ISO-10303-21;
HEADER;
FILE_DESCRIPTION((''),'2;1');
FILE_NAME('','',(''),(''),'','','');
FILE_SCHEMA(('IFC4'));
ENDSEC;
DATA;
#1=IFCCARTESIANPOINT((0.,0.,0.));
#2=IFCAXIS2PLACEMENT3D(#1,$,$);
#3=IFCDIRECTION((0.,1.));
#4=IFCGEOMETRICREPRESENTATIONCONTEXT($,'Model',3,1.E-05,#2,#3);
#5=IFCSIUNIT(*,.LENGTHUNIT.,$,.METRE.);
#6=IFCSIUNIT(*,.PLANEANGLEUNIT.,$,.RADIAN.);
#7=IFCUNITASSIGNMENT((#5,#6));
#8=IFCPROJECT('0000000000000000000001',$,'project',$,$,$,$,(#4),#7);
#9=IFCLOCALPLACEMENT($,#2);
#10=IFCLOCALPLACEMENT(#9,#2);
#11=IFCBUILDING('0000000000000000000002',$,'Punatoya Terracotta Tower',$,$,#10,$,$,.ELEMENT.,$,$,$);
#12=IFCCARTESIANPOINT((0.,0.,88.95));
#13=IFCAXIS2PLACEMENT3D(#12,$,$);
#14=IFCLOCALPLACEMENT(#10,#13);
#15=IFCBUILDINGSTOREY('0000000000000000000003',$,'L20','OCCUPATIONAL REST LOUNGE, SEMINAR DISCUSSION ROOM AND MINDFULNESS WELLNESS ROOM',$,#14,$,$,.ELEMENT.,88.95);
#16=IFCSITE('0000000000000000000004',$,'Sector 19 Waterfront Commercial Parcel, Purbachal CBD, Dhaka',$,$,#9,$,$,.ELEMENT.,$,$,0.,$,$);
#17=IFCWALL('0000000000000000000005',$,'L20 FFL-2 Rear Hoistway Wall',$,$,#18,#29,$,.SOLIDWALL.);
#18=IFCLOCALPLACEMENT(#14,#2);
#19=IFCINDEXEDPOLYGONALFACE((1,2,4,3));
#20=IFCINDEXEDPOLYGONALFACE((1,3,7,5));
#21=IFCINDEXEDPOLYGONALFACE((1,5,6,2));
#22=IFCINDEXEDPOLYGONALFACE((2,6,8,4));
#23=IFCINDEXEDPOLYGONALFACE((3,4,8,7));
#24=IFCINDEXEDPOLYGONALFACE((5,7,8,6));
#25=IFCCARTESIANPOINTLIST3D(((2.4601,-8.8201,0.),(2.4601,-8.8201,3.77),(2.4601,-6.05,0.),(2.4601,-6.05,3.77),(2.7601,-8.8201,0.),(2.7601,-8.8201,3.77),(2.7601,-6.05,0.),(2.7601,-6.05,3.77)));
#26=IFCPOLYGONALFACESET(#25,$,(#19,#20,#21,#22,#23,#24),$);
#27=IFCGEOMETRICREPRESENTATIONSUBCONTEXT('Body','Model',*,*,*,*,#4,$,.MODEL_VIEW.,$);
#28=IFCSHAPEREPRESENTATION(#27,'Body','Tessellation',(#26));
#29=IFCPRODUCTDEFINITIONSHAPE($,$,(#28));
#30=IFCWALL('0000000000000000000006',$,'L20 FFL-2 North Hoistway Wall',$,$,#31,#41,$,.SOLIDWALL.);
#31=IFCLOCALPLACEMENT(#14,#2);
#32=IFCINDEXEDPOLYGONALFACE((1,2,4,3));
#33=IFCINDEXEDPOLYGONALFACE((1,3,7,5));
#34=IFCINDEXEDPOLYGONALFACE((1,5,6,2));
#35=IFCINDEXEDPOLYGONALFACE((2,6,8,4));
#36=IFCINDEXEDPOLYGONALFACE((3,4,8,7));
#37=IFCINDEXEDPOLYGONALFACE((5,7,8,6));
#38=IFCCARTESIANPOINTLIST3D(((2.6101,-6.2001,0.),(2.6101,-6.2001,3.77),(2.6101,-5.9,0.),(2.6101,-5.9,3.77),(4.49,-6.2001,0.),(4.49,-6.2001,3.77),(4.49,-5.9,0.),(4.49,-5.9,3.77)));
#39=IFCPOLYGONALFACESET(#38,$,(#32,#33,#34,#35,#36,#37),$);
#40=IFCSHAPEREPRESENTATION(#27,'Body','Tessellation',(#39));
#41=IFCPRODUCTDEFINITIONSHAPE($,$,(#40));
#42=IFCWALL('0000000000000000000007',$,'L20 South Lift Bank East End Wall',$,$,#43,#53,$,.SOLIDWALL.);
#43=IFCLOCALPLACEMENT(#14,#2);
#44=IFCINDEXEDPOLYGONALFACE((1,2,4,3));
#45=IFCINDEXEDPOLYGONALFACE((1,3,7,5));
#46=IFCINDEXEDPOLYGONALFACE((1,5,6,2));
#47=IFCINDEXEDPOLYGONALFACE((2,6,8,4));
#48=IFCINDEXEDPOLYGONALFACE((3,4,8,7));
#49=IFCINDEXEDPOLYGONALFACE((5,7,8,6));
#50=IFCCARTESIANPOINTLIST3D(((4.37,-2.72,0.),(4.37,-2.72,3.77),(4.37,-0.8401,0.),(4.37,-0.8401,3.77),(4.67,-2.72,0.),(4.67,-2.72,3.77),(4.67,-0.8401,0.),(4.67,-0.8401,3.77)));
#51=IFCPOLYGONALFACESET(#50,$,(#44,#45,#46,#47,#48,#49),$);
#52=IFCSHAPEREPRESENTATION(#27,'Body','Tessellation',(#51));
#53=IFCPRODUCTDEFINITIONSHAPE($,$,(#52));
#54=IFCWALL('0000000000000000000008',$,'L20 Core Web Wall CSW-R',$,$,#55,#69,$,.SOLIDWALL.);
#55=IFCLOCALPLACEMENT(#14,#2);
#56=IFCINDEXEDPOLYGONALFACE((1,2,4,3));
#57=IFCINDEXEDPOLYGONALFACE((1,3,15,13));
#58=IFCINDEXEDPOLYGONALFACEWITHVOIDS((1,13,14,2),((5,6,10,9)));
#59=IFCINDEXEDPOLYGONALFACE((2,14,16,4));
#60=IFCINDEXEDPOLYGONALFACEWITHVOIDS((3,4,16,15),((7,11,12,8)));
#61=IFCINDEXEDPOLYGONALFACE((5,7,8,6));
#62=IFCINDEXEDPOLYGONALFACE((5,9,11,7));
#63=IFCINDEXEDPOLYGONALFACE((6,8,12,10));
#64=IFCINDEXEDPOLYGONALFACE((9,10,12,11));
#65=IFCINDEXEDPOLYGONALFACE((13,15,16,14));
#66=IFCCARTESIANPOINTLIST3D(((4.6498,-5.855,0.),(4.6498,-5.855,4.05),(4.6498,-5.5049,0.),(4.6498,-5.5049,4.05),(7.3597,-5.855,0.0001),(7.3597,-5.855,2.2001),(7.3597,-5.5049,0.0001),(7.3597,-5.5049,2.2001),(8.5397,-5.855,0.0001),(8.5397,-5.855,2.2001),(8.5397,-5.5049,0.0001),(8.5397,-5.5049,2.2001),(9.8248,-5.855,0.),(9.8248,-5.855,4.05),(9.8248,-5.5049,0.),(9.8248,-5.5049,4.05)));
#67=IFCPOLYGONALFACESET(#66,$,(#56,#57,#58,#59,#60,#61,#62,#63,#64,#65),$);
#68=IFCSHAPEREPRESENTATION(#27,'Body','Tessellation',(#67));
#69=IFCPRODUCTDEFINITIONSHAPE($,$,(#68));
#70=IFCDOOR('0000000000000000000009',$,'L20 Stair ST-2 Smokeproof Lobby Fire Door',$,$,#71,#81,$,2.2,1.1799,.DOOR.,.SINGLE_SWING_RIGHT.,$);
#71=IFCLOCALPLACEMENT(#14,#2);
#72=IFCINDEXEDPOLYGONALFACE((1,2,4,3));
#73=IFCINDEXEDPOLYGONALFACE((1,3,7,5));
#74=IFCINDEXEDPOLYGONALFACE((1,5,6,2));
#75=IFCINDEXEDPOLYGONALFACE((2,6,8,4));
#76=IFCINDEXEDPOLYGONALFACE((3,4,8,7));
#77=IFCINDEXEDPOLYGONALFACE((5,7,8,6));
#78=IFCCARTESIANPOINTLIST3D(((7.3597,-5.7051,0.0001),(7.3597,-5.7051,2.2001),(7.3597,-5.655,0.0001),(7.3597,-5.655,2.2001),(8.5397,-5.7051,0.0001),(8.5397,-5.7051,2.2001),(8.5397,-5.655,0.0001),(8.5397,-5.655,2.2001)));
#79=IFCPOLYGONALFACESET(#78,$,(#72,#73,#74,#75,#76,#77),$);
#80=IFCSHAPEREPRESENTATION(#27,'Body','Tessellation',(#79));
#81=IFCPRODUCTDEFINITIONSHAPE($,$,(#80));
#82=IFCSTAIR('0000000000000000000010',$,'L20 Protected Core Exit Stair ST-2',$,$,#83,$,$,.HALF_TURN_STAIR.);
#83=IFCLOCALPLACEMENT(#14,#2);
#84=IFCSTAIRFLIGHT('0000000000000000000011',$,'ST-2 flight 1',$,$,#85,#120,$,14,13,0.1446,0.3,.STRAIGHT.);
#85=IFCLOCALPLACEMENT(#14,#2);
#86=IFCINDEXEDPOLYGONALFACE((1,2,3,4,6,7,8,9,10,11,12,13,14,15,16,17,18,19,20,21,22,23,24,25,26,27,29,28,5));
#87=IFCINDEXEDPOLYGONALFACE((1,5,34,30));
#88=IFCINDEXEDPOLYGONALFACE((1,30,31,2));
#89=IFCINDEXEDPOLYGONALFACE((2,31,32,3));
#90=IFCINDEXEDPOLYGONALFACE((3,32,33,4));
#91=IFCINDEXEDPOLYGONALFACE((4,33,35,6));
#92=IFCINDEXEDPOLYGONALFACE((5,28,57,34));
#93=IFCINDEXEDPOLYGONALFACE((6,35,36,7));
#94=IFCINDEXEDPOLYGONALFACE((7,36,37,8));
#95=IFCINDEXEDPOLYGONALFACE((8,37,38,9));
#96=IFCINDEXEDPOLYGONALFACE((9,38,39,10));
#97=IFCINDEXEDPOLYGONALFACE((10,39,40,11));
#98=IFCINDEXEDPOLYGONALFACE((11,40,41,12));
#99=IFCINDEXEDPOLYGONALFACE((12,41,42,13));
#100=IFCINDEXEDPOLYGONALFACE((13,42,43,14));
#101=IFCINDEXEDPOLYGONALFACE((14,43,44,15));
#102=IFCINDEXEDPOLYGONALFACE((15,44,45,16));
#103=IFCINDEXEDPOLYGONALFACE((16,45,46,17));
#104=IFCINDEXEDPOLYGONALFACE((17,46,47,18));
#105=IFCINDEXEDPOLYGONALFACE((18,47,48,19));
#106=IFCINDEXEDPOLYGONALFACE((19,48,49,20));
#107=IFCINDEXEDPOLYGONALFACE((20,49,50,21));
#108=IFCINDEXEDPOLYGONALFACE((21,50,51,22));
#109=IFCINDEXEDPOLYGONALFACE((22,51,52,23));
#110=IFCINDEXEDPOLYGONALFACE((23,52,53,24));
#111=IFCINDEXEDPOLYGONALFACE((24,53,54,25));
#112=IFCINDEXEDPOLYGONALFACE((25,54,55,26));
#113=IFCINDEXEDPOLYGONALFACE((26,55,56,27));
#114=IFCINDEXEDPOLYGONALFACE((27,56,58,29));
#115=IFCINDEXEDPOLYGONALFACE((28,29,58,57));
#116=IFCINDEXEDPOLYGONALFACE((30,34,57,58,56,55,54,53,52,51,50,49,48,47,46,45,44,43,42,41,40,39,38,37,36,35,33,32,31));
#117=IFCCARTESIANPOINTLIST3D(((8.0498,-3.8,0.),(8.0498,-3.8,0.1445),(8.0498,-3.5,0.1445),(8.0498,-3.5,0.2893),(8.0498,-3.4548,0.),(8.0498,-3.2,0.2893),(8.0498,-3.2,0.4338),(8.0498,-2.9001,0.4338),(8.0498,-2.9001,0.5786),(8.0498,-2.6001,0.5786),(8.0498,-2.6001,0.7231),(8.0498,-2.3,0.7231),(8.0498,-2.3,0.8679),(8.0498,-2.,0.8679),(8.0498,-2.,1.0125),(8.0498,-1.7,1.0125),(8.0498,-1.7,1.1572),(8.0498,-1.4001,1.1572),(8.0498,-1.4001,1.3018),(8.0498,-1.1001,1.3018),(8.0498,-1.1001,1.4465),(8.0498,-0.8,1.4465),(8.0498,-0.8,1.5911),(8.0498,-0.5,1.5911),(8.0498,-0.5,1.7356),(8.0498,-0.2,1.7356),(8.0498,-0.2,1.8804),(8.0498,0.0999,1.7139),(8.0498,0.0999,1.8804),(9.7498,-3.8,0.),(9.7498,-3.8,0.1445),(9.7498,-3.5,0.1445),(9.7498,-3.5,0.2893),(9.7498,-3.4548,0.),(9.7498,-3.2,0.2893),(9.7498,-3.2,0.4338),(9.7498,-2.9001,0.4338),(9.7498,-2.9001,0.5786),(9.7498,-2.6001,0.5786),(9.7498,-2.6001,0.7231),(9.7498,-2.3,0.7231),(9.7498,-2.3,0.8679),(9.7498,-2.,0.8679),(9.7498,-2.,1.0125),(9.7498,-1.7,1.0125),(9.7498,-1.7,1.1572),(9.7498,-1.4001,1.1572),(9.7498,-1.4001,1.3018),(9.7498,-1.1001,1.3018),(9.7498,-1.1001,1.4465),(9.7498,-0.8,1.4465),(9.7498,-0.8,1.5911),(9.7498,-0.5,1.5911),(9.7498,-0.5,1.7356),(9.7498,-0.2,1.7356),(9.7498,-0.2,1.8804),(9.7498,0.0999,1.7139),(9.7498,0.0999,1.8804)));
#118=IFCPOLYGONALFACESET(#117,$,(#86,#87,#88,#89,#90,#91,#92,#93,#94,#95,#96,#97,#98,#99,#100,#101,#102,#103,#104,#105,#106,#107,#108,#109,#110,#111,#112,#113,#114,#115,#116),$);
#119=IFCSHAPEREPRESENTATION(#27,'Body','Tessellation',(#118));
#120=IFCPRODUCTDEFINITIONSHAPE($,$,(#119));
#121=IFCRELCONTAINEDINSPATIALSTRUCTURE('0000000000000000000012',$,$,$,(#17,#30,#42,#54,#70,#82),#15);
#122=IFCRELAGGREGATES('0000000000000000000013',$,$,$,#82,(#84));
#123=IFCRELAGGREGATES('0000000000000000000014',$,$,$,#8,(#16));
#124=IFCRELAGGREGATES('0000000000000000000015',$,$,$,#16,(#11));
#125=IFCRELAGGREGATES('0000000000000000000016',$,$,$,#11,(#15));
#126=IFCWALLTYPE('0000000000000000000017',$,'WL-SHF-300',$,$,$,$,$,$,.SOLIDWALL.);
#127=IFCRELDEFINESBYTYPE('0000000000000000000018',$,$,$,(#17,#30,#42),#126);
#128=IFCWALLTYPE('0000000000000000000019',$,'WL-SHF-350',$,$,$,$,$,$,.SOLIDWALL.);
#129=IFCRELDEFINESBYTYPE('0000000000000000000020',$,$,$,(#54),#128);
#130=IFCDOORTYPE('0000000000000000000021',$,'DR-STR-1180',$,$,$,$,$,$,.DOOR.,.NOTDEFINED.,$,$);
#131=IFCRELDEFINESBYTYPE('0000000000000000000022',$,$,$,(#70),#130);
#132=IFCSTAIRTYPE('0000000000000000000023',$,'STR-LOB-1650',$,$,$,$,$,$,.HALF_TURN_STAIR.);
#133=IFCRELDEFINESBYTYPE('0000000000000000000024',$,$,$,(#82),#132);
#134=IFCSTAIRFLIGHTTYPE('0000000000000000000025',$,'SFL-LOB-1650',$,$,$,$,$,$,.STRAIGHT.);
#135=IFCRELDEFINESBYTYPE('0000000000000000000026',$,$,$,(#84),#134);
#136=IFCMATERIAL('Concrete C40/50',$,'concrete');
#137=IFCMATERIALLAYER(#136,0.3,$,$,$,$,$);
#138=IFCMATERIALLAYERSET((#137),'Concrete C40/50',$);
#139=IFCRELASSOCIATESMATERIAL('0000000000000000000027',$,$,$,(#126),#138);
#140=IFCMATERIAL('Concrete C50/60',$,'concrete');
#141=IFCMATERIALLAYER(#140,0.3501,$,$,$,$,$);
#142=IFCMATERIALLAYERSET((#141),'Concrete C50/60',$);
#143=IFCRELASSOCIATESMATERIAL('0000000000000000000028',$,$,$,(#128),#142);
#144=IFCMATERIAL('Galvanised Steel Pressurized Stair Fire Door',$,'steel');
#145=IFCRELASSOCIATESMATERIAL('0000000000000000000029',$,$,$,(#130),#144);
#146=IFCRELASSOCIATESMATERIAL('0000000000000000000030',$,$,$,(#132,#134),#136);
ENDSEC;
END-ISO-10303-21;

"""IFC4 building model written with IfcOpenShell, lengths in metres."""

from ifc_helpers import new_model, si_unit, direction, frame, frame_2d, origin, place, context, subcontext, project, spatial, polyline, rectangle, outline, extrude, material, layer, layer_set, type_object, element, fill, aggregate, save


model = new_model("IFC4")

# Units and contexts
model_context = context("Model", 3, precision=1e-05, world=origin(), true_north=direction((0.0, 1.0)))
body_context = subcontext(model_context, "Body", "Model", "MODEL_VIEW")
ifc_project = project(units=[si_unit("LENGTHUNIT", "METRE"), si_unit("PLANEANGLEUNIT", "RADIAN")], contexts=[model_context])

# Site, building, storey
site_placement = place(None, origin())
site = spatial("IfcSite", under=ifc_project, at=site_placement, Name="Sector 19 Waterfront Commercial Parcel, Purbachal CBD, Dhaka", CompositionType="ELEMENT", RefElevation=0.0)
building_placement = place(site_placement, origin())
building = spatial("IfcBuilding", under=site, at=building_placement, Name="Punatoya Terracotta Tower", CompositionType="ELEMENT")
storey_placement = place(building_placement, frame((0.0, 0.0, 88.95)))
storey = spatial("IfcBuildingStorey", under=building, at=storey_placement, Name="L20", Description="OCCUPATIONAL REST LOUNGE, SEMINAR DISCUSSION ROOM AND MINDFULNESS WELLNESS ROOM", CompositionType="ELEMENT", Elevation=88.95)

# Shared definitions
ifc_material_1 = material(Name="Concrete C40/50", Category="concrete")

# Shared definitions
ifc_layer_1 = layer(ifc_material_1, 0.3)
ifc_layer_set_1 = layer_set([ifc_layer_1], Name="Concrete C40/50")
wall_type_1 = type_object("IfcWallType", Name="WL-SHF-300", PredefinedType="SOLIDWALL", material=ifc_layer_set_1)

# Walls
wall_1_placement = place(storey_placement, frame((2.6101, -8.8201, 0.0), z_axis=(0.0, 0.0, 1.0), x_axis=(0.0, 1.0, 0.0)))
element("IfcWall", 1, at=wall_1_placement, inside=storey, type_object=wall_type_1, Name="L20 FFL-2 Rear Hoistway Wall", PredefinedType="SOLIDWALL", context=body_context, shape_type="SweptSolid", body=[
    extrude(rectangle(XDim=2.77, YDim=0.3, at=frame_2d((1.385, 0.0))), origin(), (0.0, 0.0, 1.0), 3.77),
])
for number, where, z_axis, x_axis, name in (
    (2, (2.6101, -6.05, 0.0), (0.0, 0.0, 1.0), (1.0, 0.0, 0.0), "L20 FFL-2 North Hoistway Wall"),
    (3, (4.52, -2.72, 0.0), (0.0, 0.0, 1.0), (0.0, 1.0, 0.0), "L20 South Lift Bank East End Wall"),
):
    element("IfcWall", number, at=place(storey_placement, frame(where, z_axis=z_axis, x_axis=x_axis)), inside=storey, type_object=wall_type_1, Name=name, PredefinedType="SOLIDWALL", context=body_context, shape_type="SweptSolid", body=[
        extrude(rectangle(XDim=1.8799, YDim=0.3, at=frame_2d((0.9399, 0.0))), origin(), (0.0, 0.0, 1.0), 3.77),
    ])

# Wall, opening, door
ifc_material_2 = material(Name="Concrete C50/60", Category="concrete")
ifc_layer_2 = layer(ifc_material_2, 0.3501)
ifc_layer_set_2 = layer_set([ifc_layer_2], Name="Concrete C50/60")
wall_type_2 = type_object("IfcWallType", Name="WL-SHF-350", PredefinedType="SOLIDWALL", material=ifc_layer_set_2)
wall_2_placement = place(storey_placement, frame((4.6499, -5.6799, 0.0), z_axis=(0.0, 0.0, 1.0), x_axis=(1.0, 0.0, 0.0)))
wall_2 = element("IfcWall", 4, at=wall_2_placement, inside=storey, type_object=wall_type_2, Name="L20 Core Web Wall CSW-R", PredefinedType="SOLIDWALL", context=body_context, shape_type="SweptSolid", body=[
    extrude(rectangle(XDim=5.175, YDim=0.3501, at=frame_2d((2.5874, 0.0))), origin(), (0.0, 0.0, 1.0), 4.05),
])
opening_1_placement = place(wall_2_placement, frame((2.71, 0.0, 0.0)))
opening_1 = element("IfcOpeningElement", 5, at=opening_1_placement, cuts=wall_2, PredefinedType="OPENING", context=body_context, shape_type="SweptSolid", body=[
    extrude(rectangle(XDim=1.1799, YDim=2.2, at=frame_2d((0.5898, 1.1001))), frame((0.0, 0.1851, 0.0), z_axis=(0.0, -1.0, 0.0), x_axis=(1.0, 0.0, 0.0)), (0.0, 0.0, 1.0), 0.3701),
])
ifc_material_3 = material(Name="Galvanised Steel Pressurized Stair Fire Door", Category="steel")
door_type_1 = type_object("IfcDoorType", Name="DR-STR-1180", OperationType="NOTDEFINED", PredefinedType="DOOR", material=ifc_material_3)
door_1_placement = place(opening_1_placement, origin())
door_1 = element("IfcDoor", 6, at=door_1_placement, inside=storey, type_object=door_type_1, Name="L20 Stair ST-2 Smokeproof Lobby Fire Door", OperationType="SINGLE_SWING_RIGHT", OverallHeight=2.2, OverallWidth=1.1799, PredefinedType="DOOR", context=body_context, shape_type="SweptSolid", body=[
    extrude(rectangle(XDim=1.1799, YDim=2.2, at=frame_2d((0.5898, 1.1001))), frame((0.0, 0.0249, 0.0), z_axis=(0.0, -1.0, 0.0), x_axis=(1.0, 0.0, 0.0)), (0.0, 0.0, 1.0), 0.05),
])
fill(opening_1, door_1)

# Stair, stair flight
stair_type = type_object("IfcStairType", Name="STR-LOB-1650", PredefinedType="HALF_TURN_STAIR", material=ifc_material_1)
stair_placement = place(storey_placement, origin())
stair = element("IfcStair", 7, at=stair_placement, inside=storey, type_object=stair_type, Name="L20 Protected Core Exit Stair ST-2", PredefinedType="HALF_TURN_STAIR")
stair_flight_type = type_object("IfcStairFlightType", Name="SFL-LOB-1650", PredefinedType="STRAIGHT", material=ifc_material_1)
stair_flight_placement = place(storey_placement, frame((8.8999, -3.8, 0.0), z_axis=(0.0, 0.0, 1.0), x_axis=(0.0, 1.0, 0.0)))
stair_flight = element("IfcStairFlight", 8, at=stair_flight_placement, type_object=stair_flight_type, Name="ST-2 flight 1", NumberOfRisers=14, NumberOfTreads=13, PredefinedType="STRAIGHT", RiserHeight=0.1446, TreadLength=0.3, context=body_context, shape_type="SweptSolid", body=[
    extrude(outline(polyline([(0.0, 0.0), (0.0, 0.1445), (0.3, 0.1445), (0.3, 0.2893), (0.6001, 0.2893), (0.6001, 0.4338), (0.8999, 0.4338), (0.8999, 0.5786), (1.2, 0.5786), (1.2, 0.7231), (1.5, 0.7231), (1.5, 0.8679), (1.8, 0.8679), (1.8, 1.0125), (2.1001, 1.0125), (2.1001, 1.1572), (2.3999, 1.1572), (2.3999, 1.3018), (2.7, 1.3018), (2.7, 1.4465), (3.0, 1.4465), (3.0, 1.5911), (3.3, 1.5911), (3.3, 1.7356), (3.6001, 1.7356), (3.6001, 1.8804), (3.8999, 1.8804), (3.8999, 2.0249), (3.8999, 1.7139), (0.3452, 0.0), (0.0, 0.0)])), frame((0.0, 0.8501, 0.0), z_axis=(0.0, -1.0, 0.0), x_axis=(1.0, 0.0, 0.0)), (0.0, 0.0, 1.0), 1.7),
])
aggregate(stair, [stair_flight])

save(model, "model.ifc")
